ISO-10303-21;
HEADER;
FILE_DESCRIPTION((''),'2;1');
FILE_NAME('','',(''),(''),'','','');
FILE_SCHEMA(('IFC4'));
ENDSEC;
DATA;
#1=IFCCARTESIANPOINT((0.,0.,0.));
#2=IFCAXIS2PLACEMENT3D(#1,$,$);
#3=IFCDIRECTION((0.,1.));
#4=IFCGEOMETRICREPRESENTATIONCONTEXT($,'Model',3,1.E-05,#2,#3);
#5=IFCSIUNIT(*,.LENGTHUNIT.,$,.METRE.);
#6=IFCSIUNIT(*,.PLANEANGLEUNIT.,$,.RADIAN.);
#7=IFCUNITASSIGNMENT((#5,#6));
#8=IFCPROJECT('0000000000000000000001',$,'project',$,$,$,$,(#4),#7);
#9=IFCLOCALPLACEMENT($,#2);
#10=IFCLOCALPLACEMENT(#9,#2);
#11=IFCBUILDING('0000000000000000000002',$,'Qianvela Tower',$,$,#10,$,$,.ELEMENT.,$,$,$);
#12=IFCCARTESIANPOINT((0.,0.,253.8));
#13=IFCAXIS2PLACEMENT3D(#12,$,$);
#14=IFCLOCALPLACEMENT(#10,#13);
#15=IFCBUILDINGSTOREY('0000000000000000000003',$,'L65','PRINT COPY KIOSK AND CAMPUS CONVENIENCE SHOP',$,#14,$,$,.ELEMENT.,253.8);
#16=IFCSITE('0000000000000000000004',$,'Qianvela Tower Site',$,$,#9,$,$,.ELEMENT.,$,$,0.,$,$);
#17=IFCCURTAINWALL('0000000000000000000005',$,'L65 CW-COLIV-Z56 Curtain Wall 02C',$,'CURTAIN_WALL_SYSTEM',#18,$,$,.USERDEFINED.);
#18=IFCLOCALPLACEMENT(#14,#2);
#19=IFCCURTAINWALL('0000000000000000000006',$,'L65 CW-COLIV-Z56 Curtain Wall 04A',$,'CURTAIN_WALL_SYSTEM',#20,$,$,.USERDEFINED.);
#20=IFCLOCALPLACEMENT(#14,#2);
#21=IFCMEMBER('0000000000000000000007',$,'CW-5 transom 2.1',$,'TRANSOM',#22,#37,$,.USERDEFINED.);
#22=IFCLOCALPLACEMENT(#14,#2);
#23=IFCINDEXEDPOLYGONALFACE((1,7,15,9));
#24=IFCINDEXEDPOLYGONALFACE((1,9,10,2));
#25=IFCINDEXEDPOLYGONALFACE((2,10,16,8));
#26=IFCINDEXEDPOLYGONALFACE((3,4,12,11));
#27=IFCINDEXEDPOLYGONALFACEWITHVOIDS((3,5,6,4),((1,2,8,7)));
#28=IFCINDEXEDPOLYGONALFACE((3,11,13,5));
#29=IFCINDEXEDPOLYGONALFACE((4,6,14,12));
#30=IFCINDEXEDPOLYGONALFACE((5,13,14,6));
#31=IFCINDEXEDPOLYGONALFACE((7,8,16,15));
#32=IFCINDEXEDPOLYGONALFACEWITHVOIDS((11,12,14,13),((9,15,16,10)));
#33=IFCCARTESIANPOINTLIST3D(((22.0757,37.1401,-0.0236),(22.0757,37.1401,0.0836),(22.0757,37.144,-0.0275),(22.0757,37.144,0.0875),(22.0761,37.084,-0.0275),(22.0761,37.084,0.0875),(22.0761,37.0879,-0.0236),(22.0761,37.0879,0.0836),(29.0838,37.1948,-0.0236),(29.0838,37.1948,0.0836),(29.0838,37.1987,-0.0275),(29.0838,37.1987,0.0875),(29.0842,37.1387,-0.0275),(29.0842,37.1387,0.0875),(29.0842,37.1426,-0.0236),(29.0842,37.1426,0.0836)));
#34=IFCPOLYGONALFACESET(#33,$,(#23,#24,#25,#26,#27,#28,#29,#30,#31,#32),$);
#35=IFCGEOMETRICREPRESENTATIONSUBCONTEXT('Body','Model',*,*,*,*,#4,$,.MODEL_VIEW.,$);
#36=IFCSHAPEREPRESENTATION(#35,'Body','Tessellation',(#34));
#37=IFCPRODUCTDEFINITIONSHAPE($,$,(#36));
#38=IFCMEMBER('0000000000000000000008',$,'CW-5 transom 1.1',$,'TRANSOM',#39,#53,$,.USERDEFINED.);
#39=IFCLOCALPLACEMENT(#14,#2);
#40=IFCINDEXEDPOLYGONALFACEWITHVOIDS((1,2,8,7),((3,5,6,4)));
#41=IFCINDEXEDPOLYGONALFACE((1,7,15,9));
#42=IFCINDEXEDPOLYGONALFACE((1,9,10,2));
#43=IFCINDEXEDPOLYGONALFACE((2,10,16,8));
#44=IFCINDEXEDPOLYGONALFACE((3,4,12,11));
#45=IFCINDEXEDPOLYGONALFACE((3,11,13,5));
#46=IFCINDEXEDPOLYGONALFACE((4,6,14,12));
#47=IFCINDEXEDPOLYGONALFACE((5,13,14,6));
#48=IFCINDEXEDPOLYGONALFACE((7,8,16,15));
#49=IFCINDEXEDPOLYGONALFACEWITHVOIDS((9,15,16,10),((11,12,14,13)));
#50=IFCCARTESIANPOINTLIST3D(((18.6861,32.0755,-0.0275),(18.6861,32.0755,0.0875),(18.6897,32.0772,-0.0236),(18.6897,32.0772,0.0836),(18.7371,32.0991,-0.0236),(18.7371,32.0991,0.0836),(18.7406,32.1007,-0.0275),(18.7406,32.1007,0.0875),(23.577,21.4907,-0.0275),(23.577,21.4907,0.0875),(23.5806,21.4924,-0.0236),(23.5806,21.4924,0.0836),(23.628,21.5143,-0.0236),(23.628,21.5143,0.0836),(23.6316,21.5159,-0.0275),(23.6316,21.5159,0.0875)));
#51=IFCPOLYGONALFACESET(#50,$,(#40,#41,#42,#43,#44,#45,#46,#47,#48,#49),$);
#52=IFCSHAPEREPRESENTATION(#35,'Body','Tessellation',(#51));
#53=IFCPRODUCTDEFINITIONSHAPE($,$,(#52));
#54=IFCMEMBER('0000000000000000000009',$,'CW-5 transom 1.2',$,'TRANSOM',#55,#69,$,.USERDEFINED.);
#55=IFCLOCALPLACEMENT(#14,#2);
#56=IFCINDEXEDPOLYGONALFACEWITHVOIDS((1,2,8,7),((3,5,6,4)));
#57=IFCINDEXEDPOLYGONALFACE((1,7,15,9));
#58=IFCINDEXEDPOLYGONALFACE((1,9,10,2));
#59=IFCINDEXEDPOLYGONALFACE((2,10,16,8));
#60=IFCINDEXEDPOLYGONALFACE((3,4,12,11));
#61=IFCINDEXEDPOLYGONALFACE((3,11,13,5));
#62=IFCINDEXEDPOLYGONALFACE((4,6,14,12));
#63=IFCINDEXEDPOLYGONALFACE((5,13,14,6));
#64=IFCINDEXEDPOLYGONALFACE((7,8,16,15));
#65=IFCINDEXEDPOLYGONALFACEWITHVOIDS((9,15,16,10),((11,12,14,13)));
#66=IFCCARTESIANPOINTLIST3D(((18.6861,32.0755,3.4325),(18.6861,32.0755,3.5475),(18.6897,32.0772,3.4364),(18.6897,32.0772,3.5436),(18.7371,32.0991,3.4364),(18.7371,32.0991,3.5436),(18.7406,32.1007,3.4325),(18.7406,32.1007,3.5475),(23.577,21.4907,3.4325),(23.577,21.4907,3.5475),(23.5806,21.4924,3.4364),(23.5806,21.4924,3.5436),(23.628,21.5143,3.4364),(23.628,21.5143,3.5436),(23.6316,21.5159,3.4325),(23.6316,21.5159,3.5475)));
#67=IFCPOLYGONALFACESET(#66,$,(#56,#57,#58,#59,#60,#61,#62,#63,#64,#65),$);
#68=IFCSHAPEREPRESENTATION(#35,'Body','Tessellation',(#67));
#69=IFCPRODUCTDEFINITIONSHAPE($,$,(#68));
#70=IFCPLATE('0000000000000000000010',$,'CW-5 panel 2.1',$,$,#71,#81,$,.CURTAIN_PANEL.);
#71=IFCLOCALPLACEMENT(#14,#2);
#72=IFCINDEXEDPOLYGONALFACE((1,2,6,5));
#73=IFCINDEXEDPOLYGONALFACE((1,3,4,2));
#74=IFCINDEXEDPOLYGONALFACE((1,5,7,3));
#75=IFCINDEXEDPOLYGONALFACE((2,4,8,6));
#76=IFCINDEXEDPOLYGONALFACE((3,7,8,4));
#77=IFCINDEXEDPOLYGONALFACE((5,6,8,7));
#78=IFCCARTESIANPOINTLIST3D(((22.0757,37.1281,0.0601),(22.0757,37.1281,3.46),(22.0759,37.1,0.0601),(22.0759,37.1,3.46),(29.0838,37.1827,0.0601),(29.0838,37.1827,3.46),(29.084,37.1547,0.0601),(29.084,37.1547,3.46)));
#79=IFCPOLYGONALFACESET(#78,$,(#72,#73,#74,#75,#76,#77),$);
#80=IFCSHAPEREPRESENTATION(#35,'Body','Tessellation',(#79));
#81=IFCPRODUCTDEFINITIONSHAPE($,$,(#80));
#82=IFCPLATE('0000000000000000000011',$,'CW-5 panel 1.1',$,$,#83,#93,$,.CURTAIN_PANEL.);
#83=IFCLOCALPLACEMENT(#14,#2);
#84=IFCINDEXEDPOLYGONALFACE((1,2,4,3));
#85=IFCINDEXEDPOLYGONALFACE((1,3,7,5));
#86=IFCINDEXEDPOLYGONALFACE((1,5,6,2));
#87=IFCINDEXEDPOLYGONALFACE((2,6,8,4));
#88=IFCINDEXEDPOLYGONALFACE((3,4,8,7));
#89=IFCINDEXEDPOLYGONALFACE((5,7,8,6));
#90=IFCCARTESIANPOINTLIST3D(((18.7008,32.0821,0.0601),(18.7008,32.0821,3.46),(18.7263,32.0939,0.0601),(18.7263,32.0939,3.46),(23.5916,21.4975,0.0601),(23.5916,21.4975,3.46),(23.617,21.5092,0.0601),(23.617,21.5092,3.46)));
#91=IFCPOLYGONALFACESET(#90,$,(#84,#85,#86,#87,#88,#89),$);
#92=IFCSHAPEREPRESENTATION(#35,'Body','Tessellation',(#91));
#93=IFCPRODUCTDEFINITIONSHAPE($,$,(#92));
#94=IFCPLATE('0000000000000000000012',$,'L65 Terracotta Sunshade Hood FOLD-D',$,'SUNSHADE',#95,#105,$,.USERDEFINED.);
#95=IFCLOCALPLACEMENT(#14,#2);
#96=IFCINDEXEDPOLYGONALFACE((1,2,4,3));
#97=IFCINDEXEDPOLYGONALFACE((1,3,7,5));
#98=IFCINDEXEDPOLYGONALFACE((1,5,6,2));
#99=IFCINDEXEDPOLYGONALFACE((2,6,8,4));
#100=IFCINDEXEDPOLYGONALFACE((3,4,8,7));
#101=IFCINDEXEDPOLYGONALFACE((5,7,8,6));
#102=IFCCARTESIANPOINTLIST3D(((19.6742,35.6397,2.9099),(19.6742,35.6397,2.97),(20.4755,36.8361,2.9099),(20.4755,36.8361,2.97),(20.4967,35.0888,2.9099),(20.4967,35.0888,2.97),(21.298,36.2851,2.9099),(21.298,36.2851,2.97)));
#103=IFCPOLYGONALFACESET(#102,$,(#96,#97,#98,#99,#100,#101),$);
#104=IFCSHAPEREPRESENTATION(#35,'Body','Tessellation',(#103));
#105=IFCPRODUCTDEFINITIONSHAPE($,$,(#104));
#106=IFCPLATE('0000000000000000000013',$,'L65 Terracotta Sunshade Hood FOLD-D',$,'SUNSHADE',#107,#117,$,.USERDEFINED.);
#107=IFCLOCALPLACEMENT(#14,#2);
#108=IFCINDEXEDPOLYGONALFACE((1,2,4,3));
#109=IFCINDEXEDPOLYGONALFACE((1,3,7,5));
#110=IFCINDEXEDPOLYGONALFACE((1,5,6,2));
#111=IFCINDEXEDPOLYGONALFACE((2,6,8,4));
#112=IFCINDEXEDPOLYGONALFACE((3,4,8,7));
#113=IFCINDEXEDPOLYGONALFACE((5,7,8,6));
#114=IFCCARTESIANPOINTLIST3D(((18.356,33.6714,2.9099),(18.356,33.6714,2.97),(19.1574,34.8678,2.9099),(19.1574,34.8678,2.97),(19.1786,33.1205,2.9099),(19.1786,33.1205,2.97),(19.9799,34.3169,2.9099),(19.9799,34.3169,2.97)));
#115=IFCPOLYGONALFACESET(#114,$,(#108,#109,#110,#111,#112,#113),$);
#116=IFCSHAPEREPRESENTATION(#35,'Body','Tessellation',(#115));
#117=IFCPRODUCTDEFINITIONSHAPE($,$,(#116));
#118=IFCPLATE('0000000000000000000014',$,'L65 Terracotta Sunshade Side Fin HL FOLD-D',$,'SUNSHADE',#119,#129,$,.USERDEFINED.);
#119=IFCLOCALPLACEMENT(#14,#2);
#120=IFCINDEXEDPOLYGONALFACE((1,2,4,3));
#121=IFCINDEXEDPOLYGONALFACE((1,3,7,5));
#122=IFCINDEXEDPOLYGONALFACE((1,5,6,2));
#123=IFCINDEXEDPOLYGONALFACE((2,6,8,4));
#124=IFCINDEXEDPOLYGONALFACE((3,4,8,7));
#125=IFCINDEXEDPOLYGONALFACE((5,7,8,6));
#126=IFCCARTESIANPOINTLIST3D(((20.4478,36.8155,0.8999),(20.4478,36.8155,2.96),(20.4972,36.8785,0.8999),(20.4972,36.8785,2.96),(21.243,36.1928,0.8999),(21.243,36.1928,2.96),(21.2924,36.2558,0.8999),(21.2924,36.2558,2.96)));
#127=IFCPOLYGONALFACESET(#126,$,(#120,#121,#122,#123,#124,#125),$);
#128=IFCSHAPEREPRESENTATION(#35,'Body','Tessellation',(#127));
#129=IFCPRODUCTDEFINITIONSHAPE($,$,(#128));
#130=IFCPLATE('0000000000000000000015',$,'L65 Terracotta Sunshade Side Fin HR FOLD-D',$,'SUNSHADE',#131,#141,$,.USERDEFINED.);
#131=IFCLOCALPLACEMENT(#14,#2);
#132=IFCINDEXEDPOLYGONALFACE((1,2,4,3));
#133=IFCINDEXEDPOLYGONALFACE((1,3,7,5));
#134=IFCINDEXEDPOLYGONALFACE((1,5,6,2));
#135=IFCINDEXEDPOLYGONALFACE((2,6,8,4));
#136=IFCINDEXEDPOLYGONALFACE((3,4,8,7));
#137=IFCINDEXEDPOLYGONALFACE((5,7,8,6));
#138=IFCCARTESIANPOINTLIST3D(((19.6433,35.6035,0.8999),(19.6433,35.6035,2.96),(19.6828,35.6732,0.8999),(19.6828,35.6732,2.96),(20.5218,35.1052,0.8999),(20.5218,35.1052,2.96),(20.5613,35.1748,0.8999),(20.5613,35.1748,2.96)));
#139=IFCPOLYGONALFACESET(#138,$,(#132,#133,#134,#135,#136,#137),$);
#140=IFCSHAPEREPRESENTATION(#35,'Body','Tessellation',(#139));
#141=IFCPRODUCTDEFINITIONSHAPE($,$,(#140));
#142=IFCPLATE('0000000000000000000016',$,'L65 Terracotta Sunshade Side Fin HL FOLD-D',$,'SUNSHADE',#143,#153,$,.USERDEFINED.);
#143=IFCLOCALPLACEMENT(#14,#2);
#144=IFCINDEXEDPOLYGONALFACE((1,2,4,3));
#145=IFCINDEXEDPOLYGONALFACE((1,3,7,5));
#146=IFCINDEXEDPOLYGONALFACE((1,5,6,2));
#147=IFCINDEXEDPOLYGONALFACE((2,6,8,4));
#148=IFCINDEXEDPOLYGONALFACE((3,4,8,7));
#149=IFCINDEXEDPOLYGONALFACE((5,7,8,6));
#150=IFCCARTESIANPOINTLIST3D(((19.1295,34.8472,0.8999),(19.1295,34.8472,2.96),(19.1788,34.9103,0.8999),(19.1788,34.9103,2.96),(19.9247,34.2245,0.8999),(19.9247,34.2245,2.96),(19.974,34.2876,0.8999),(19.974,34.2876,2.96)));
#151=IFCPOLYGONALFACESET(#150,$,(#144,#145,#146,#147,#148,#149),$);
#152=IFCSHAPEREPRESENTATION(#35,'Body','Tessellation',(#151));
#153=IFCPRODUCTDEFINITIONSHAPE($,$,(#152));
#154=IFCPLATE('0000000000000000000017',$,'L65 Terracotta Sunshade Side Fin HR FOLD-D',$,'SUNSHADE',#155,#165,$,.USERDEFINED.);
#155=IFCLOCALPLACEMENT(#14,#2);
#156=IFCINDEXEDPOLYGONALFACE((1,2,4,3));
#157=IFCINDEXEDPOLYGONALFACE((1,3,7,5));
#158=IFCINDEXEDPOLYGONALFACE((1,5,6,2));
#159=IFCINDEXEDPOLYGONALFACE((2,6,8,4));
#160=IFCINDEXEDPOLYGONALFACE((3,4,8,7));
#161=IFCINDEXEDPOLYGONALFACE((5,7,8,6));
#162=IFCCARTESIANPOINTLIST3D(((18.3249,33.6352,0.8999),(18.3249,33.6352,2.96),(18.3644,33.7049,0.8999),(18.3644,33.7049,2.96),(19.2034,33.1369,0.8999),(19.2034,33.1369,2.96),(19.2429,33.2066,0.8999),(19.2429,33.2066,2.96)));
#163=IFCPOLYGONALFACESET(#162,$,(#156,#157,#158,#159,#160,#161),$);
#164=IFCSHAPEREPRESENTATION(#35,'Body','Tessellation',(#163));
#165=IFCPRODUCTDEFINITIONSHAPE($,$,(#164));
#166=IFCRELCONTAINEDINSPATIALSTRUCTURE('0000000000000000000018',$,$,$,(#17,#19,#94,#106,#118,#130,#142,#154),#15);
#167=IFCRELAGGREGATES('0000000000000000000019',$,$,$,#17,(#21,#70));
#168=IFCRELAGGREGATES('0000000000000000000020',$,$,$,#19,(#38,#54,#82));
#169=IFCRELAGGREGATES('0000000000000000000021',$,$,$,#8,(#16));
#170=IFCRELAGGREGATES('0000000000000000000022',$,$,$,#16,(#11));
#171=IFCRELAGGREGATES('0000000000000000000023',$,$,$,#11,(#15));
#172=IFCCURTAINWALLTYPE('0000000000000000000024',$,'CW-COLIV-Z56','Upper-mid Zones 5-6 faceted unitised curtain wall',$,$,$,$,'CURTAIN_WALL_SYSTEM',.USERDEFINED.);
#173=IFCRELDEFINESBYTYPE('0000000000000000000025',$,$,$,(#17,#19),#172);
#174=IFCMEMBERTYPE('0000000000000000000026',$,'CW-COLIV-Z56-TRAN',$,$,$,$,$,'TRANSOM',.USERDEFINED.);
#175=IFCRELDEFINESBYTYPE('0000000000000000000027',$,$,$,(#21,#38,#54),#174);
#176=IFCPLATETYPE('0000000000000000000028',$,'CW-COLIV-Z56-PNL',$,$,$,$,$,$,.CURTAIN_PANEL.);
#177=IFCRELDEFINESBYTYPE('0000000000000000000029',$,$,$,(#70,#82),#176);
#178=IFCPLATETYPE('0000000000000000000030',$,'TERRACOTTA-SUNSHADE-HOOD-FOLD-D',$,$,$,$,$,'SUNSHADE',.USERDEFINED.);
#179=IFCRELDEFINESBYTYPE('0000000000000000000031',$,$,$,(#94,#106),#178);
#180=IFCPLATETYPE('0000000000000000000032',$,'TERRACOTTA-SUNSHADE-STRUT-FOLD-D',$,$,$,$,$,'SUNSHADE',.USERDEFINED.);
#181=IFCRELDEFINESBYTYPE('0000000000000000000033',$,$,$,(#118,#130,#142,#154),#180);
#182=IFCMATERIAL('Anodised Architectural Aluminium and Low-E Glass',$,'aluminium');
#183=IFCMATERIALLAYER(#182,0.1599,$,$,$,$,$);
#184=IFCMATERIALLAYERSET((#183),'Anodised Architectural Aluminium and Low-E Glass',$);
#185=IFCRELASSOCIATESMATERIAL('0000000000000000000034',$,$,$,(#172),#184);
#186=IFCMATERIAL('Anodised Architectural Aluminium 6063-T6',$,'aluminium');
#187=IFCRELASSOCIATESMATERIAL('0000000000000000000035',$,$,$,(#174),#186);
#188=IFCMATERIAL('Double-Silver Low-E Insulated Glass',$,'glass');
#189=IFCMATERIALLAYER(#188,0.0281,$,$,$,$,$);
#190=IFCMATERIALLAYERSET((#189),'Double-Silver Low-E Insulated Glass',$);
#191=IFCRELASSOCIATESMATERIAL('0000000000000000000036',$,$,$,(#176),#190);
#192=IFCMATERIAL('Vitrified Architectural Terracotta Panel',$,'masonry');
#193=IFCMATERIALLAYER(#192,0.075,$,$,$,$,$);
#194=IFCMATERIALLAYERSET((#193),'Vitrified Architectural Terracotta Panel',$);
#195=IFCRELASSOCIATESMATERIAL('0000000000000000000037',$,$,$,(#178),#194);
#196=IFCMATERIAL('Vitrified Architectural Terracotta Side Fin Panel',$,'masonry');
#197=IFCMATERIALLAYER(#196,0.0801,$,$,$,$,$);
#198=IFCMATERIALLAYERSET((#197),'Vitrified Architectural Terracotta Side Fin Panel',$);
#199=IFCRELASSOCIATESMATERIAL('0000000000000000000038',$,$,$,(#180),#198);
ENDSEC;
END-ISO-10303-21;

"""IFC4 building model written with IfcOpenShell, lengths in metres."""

from ifc_helpers import new_model, si_unit, direction, frame, origin, origin_2d, place, context, subcontext, project, spatial, rectangle, hollow_rectangle, extrude, material, layer, layer_set, material_profile, profile_set, type_object, element, aggregate, save


model = new_model("IFC4")

# Units and contexts
model_context = context("Model", 3, precision=1e-05, world=origin(), true_north=direction((0.0, 1.0)))
body_context = subcontext(model_context, "Body", "Model", "MODEL_VIEW")
ifc_project = project(units=[si_unit("LENGTHUNIT", "METRE"), si_unit("PLANEANGLEUNIT", "RADIAN")], contexts=[model_context])

# Site, building, storey
site_placement = place(None, origin())
site = spatial("IfcSite", under=ifc_project, at=site_placement, Name="Qianvela Tower Site", CompositionType="ELEMENT", RefElevation=0.0)
building_placement = place(site_placement, origin())
building = spatial("IfcBuilding", under=site, at=building_placement, Name="Qianvela Tower", CompositionType="ELEMENT")
storey_placement = place(building_placement, frame((0.0, 0.0, 253.8)))
storey = spatial("IfcBuildingStorey", under=building, at=storey_placement, Name="L65", Description="PRINT COPY KIOSK AND CAMPUS CONVENIENCE SHOP", CompositionType="ELEMENT", Elevation=253.8)

# Curtain walls
ifc_material_1 = material(Name="Anodised Architectural Aluminium and Low-E Glass", Category="aluminium")
ifc_layer_1 = layer(ifc_material_1, 0.1599)
ifc_layer_set_1 = layer_set([ifc_layer_1], Name="Anodised Architectural Aluminium and Low-E Glass")
curtain_wall_type = type_object("IfcCurtainWallType", Name="CW-COLIV-Z56", Description="Upper-mid Zones 5-6 faceted unitised curtain wall", ElementType="CURTAIN_WALL_SYSTEM", PredefinedType="USERDEFINED", material=ifc_layer_set_1)
curtain_wall_1_placement = place(storey_placement, origin())
curtain_wall_1 = element("IfcCurtainWall", 1, at=curtain_wall_1_placement, inside=storey, type_object=curtain_wall_type, Name="L65 CW-COLIV-Z56 Curtain Wall 02C", ObjectType="CURTAIN_WALL_SYSTEM", PredefinedType="USERDEFINED")
curtain_wall_2_placement = place(storey_placement, origin())
curtain_wall_2 = element("IfcCurtainWall", 2, at=curtain_wall_2_placement, inside=storey, type_object=curtain_wall_type, Name="L65 CW-COLIV-Z56 Curtain Wall 04A", ObjectType="CURTAIN_WALL_SYSTEM", PredefinedType="USERDEFINED")

# Members
ifc_material_2 = material(Name="Anodised Architectural Aluminium 6063-T6", Category="aluminium")
ifc_material_profile_1 = material_profile(ifc_material_2, hollow_rectangle(XDim=0.0601, YDim=0.115, WallThickness=0.0039, at=origin_2d()), Name="ALU-TRAN-60x115")
ifc_profile_set_1 = profile_set([ifc_material_profile_1], Name="Anodised Architectural Aluminium 6063-T6")
member_type_1 = type_object("IfcMemberType", Name="CW-COLIV-Z56-TRAN", ElementType="TRANSOM", PredefinedType="USERDEFINED", material=ifc_profile_set_1)
member_1_placement = place(storey_placement, frame((29.084, 37.1687, 0.03), z_axis=(-0.99997, -0.007803, 0.0), x_axis=(0.007803, -0.99997, 0.0)))
member_1 = element("IfcMember", 3, at=member_1_placement, type_object=member_type_1, Name="CW-5 transom 2.1", ObjectType="TRANSOM", PredefinedType="USERDEFINED", context=body_context, shape_type="SweptSolid", body=[
    extrude(hollow_rectangle(XDim=0.0601, YDim=0.115, WallThickness=0.0039, at=origin_2d()), origin(), (0.0, 0.0, 1.0), 7.0083),
])
member_2_placement = place(storey_placement, frame((18.7134, 32.0881, 0.03), z_axis=(0.419455, -0.907776, 0.0), x_axis=(0.907776, 0.419455, 0.0)))
member_2 = element("IfcMember", 4, at=member_2_placement, type_object=member_type_1, Name="CW-5 transom 1.1", ObjectType="TRANSOM", PredefinedType="USERDEFINED", context=body_context, shape_type="SweptSolid", body=[
    extrude(hollow_rectangle(XDim=0.0601, YDim=0.115, WallThickness=0.0039, at=origin_2d()), origin(), (0.0, 0.0, 1.0), 11.6602),
])
member_3_placement = place(storey_placement, frame((18.7134, 32.0881, 3.49), z_axis=(0.419455, -0.907776, 0.0), x_axis=(0.907776, 0.419455, 0.0)))
member_3 = element("IfcMember", 5, at=member_3_placement, type_object=member_type_1, Name="CW-5 transom 1.2", ObjectType="TRANSOM", PredefinedType="USERDEFINED", context=body_context, shape_type="SweptSolid", body=[
    extrude(hollow_rectangle(XDim=0.0601, YDim=0.115, WallThickness=0.0039, at=origin_2d()), origin(), (0.0, 0.0, 1.0), 11.6602),
])

# Plates
ifc_material_3 = material(Name="Double-Silver Low-E Insulated Glass", Category="glass")
ifc_layer_2 = layer(ifc_material_3, 0.0281)
ifc_layer_set_2 = layer_set([ifc_layer_2], Name="Double-Silver Low-E Insulated Glass")
plate_type_1 = type_object("IfcPlateType", Name="CW-COLIV-Z56-PNL", PredefinedType="CURTAIN_PANEL", material=ifc_layer_set_2)
plate_1_placement = place(storey_placement, frame((25.5798, 37.1414, 0.0601), z_axis=(0.0, 0.0, 1.0), x_axis=(-0.99997, -0.007804, 0.0)))
plate_1 = element("IfcPlate", 6, at=plate_1_placement, type_object=plate_type_1, Name="CW-5 panel 2.1", PredefinedType="CURTAIN_PANEL", context=body_context, shape_type="SweptSolid", body=[
    extrude(rectangle(XDim=7.0083, YDim=0.0281, at=origin_2d()), origin(), (0.0, 0.0, 1.0), 3.3999),
])
aggregate(curtain_wall_1, [member_1, plate_1])
plate_2_placement = place(storey_placement, frame((21.1589, 26.7957, 0.0601), z_axis=(0.0, 0.0, 1.0), x_axis=(0.419449, -0.907779, 0.0)))
plate_2 = element("IfcPlate", 7, at=plate_2_placement, type_object=plate_type_1, Name="CW-5 panel 1.1", PredefinedType="CURTAIN_PANEL", context=body_context, shape_type="SweptSolid", body=[
    extrude(rectangle(XDim=11.6599, YDim=0.0281, at=origin_2d()), origin(), (0.0, 0.0, 1.0), 3.3999),
])
aggregate(curtain_wall_2, [member_2, member_3, plate_2])

# Plates
ifc_material_4 = material(Name="Vitrified Architectural Terracotta Panel", Category="masonry")
ifc_layer_3 = layer(ifc_material_4, 0.075)
ifc_layer_set_3 = layer_set([ifc_layer_3], Name="Vitrified Architectural Terracotta Panel")
plate_type_2 = type_object("IfcPlateType", Name="TERRACOTTA-SUNSHADE-HOOD-FOLD-D", ElementType="SUNSHADE", PredefinedType="USERDEFINED", material=ifc_layer_set_3)
for number, where, z_axis, x_axis, name in (
    (8, (20.4861, 35.9624, 2.9099), (0.0, 0.0, 1.0), (-0.556496, -0.83085, 0.0), "L65 Terracotta Sunshade Hood FOLD-D"),
    (9, (19.168, 33.9941, 2.9099), (0.0, 0.0, 1.0), (-0.556496, -0.83085, 0.0), "L65 Terracotta Sunshade Hood FOLD-D"),
):
    element("IfcPlate", number, at=place(storey_placement, frame(where, z_axis=z_axis, x_axis=x_axis)), inside=storey, type_object=plate_type_2, Name=name, ObjectType="SUNSHADE", PredefinedType="USERDEFINED", context=body_context, shape_type="SweptSolid", body=[
        extrude(rectangle(XDim=1.4399, YDim=0.99, at=origin_2d()), origin(), (0.0, 0.0, 1.0), 0.0601),
    ])
ifc_material_5 = material(Name="Vitrified Architectural Terracotta Side Fin Panel", Category="masonry")
ifc_layer_4 = layer(ifc_material_5, 0.0801)
ifc_layer_set_4 = layer_set([ifc_layer_4], Name="Vitrified Architectural Terracotta Side Fin Panel")
plate_type_3 = type_object("IfcPlateType", Name="TERRACOTTA-SUNSHADE-STRUT-FOLD-D", ElementType="SUNSHADE", PredefinedType="USERDEFINED", material=ifc_layer_set_4)
for number, where, z_axis, x_axis, name in (
    (10, (20.8701, 36.5356, 0.8999), (0.0, 0.0, 1.0), (-0.616539, -0.787325, 0.0), "L65 Terracotta Sunshade Side Fin HL FOLD-D"),
    (11, (20.1023, 35.3892, 0.8999), (0.0, 0.0, 1.0), (-0.493392, -0.869807, 0.0), "L65 Terracotta Sunshade Side Fin HR FOLD-D"),
    (12, (19.5518, 34.5674, 0.8999), (0.0, 0.0, 1.0), (-0.616539, -0.787325, 0.0), "L65 Terracotta Sunshade Side Fin HL FOLD-D"),
    (13, (18.7839, 33.4209, 0.8999), (0.0, 0.0, 1.0), (-0.493392, -0.869807, 0.0), "L65 Terracotta Sunshade Side Fin HR FOLD-D"),
):
    element("IfcPlate", number, at=place(storey_placement, frame(where, z_axis=z_axis, x_axis=x_axis)), inside=storey, type_object=plate_type_3, Name=name, ObjectType="SUNSHADE", PredefinedType="USERDEFINED", context=body_context, shape_type="SweptSolid", body=[
        extrude(rectangle(XDim=0.0801, YDim=1.01, at=origin_2d()), origin(), (0.0, 0.0, 1.0), 2.0601),
    ])

save(model, "model.ifc")
